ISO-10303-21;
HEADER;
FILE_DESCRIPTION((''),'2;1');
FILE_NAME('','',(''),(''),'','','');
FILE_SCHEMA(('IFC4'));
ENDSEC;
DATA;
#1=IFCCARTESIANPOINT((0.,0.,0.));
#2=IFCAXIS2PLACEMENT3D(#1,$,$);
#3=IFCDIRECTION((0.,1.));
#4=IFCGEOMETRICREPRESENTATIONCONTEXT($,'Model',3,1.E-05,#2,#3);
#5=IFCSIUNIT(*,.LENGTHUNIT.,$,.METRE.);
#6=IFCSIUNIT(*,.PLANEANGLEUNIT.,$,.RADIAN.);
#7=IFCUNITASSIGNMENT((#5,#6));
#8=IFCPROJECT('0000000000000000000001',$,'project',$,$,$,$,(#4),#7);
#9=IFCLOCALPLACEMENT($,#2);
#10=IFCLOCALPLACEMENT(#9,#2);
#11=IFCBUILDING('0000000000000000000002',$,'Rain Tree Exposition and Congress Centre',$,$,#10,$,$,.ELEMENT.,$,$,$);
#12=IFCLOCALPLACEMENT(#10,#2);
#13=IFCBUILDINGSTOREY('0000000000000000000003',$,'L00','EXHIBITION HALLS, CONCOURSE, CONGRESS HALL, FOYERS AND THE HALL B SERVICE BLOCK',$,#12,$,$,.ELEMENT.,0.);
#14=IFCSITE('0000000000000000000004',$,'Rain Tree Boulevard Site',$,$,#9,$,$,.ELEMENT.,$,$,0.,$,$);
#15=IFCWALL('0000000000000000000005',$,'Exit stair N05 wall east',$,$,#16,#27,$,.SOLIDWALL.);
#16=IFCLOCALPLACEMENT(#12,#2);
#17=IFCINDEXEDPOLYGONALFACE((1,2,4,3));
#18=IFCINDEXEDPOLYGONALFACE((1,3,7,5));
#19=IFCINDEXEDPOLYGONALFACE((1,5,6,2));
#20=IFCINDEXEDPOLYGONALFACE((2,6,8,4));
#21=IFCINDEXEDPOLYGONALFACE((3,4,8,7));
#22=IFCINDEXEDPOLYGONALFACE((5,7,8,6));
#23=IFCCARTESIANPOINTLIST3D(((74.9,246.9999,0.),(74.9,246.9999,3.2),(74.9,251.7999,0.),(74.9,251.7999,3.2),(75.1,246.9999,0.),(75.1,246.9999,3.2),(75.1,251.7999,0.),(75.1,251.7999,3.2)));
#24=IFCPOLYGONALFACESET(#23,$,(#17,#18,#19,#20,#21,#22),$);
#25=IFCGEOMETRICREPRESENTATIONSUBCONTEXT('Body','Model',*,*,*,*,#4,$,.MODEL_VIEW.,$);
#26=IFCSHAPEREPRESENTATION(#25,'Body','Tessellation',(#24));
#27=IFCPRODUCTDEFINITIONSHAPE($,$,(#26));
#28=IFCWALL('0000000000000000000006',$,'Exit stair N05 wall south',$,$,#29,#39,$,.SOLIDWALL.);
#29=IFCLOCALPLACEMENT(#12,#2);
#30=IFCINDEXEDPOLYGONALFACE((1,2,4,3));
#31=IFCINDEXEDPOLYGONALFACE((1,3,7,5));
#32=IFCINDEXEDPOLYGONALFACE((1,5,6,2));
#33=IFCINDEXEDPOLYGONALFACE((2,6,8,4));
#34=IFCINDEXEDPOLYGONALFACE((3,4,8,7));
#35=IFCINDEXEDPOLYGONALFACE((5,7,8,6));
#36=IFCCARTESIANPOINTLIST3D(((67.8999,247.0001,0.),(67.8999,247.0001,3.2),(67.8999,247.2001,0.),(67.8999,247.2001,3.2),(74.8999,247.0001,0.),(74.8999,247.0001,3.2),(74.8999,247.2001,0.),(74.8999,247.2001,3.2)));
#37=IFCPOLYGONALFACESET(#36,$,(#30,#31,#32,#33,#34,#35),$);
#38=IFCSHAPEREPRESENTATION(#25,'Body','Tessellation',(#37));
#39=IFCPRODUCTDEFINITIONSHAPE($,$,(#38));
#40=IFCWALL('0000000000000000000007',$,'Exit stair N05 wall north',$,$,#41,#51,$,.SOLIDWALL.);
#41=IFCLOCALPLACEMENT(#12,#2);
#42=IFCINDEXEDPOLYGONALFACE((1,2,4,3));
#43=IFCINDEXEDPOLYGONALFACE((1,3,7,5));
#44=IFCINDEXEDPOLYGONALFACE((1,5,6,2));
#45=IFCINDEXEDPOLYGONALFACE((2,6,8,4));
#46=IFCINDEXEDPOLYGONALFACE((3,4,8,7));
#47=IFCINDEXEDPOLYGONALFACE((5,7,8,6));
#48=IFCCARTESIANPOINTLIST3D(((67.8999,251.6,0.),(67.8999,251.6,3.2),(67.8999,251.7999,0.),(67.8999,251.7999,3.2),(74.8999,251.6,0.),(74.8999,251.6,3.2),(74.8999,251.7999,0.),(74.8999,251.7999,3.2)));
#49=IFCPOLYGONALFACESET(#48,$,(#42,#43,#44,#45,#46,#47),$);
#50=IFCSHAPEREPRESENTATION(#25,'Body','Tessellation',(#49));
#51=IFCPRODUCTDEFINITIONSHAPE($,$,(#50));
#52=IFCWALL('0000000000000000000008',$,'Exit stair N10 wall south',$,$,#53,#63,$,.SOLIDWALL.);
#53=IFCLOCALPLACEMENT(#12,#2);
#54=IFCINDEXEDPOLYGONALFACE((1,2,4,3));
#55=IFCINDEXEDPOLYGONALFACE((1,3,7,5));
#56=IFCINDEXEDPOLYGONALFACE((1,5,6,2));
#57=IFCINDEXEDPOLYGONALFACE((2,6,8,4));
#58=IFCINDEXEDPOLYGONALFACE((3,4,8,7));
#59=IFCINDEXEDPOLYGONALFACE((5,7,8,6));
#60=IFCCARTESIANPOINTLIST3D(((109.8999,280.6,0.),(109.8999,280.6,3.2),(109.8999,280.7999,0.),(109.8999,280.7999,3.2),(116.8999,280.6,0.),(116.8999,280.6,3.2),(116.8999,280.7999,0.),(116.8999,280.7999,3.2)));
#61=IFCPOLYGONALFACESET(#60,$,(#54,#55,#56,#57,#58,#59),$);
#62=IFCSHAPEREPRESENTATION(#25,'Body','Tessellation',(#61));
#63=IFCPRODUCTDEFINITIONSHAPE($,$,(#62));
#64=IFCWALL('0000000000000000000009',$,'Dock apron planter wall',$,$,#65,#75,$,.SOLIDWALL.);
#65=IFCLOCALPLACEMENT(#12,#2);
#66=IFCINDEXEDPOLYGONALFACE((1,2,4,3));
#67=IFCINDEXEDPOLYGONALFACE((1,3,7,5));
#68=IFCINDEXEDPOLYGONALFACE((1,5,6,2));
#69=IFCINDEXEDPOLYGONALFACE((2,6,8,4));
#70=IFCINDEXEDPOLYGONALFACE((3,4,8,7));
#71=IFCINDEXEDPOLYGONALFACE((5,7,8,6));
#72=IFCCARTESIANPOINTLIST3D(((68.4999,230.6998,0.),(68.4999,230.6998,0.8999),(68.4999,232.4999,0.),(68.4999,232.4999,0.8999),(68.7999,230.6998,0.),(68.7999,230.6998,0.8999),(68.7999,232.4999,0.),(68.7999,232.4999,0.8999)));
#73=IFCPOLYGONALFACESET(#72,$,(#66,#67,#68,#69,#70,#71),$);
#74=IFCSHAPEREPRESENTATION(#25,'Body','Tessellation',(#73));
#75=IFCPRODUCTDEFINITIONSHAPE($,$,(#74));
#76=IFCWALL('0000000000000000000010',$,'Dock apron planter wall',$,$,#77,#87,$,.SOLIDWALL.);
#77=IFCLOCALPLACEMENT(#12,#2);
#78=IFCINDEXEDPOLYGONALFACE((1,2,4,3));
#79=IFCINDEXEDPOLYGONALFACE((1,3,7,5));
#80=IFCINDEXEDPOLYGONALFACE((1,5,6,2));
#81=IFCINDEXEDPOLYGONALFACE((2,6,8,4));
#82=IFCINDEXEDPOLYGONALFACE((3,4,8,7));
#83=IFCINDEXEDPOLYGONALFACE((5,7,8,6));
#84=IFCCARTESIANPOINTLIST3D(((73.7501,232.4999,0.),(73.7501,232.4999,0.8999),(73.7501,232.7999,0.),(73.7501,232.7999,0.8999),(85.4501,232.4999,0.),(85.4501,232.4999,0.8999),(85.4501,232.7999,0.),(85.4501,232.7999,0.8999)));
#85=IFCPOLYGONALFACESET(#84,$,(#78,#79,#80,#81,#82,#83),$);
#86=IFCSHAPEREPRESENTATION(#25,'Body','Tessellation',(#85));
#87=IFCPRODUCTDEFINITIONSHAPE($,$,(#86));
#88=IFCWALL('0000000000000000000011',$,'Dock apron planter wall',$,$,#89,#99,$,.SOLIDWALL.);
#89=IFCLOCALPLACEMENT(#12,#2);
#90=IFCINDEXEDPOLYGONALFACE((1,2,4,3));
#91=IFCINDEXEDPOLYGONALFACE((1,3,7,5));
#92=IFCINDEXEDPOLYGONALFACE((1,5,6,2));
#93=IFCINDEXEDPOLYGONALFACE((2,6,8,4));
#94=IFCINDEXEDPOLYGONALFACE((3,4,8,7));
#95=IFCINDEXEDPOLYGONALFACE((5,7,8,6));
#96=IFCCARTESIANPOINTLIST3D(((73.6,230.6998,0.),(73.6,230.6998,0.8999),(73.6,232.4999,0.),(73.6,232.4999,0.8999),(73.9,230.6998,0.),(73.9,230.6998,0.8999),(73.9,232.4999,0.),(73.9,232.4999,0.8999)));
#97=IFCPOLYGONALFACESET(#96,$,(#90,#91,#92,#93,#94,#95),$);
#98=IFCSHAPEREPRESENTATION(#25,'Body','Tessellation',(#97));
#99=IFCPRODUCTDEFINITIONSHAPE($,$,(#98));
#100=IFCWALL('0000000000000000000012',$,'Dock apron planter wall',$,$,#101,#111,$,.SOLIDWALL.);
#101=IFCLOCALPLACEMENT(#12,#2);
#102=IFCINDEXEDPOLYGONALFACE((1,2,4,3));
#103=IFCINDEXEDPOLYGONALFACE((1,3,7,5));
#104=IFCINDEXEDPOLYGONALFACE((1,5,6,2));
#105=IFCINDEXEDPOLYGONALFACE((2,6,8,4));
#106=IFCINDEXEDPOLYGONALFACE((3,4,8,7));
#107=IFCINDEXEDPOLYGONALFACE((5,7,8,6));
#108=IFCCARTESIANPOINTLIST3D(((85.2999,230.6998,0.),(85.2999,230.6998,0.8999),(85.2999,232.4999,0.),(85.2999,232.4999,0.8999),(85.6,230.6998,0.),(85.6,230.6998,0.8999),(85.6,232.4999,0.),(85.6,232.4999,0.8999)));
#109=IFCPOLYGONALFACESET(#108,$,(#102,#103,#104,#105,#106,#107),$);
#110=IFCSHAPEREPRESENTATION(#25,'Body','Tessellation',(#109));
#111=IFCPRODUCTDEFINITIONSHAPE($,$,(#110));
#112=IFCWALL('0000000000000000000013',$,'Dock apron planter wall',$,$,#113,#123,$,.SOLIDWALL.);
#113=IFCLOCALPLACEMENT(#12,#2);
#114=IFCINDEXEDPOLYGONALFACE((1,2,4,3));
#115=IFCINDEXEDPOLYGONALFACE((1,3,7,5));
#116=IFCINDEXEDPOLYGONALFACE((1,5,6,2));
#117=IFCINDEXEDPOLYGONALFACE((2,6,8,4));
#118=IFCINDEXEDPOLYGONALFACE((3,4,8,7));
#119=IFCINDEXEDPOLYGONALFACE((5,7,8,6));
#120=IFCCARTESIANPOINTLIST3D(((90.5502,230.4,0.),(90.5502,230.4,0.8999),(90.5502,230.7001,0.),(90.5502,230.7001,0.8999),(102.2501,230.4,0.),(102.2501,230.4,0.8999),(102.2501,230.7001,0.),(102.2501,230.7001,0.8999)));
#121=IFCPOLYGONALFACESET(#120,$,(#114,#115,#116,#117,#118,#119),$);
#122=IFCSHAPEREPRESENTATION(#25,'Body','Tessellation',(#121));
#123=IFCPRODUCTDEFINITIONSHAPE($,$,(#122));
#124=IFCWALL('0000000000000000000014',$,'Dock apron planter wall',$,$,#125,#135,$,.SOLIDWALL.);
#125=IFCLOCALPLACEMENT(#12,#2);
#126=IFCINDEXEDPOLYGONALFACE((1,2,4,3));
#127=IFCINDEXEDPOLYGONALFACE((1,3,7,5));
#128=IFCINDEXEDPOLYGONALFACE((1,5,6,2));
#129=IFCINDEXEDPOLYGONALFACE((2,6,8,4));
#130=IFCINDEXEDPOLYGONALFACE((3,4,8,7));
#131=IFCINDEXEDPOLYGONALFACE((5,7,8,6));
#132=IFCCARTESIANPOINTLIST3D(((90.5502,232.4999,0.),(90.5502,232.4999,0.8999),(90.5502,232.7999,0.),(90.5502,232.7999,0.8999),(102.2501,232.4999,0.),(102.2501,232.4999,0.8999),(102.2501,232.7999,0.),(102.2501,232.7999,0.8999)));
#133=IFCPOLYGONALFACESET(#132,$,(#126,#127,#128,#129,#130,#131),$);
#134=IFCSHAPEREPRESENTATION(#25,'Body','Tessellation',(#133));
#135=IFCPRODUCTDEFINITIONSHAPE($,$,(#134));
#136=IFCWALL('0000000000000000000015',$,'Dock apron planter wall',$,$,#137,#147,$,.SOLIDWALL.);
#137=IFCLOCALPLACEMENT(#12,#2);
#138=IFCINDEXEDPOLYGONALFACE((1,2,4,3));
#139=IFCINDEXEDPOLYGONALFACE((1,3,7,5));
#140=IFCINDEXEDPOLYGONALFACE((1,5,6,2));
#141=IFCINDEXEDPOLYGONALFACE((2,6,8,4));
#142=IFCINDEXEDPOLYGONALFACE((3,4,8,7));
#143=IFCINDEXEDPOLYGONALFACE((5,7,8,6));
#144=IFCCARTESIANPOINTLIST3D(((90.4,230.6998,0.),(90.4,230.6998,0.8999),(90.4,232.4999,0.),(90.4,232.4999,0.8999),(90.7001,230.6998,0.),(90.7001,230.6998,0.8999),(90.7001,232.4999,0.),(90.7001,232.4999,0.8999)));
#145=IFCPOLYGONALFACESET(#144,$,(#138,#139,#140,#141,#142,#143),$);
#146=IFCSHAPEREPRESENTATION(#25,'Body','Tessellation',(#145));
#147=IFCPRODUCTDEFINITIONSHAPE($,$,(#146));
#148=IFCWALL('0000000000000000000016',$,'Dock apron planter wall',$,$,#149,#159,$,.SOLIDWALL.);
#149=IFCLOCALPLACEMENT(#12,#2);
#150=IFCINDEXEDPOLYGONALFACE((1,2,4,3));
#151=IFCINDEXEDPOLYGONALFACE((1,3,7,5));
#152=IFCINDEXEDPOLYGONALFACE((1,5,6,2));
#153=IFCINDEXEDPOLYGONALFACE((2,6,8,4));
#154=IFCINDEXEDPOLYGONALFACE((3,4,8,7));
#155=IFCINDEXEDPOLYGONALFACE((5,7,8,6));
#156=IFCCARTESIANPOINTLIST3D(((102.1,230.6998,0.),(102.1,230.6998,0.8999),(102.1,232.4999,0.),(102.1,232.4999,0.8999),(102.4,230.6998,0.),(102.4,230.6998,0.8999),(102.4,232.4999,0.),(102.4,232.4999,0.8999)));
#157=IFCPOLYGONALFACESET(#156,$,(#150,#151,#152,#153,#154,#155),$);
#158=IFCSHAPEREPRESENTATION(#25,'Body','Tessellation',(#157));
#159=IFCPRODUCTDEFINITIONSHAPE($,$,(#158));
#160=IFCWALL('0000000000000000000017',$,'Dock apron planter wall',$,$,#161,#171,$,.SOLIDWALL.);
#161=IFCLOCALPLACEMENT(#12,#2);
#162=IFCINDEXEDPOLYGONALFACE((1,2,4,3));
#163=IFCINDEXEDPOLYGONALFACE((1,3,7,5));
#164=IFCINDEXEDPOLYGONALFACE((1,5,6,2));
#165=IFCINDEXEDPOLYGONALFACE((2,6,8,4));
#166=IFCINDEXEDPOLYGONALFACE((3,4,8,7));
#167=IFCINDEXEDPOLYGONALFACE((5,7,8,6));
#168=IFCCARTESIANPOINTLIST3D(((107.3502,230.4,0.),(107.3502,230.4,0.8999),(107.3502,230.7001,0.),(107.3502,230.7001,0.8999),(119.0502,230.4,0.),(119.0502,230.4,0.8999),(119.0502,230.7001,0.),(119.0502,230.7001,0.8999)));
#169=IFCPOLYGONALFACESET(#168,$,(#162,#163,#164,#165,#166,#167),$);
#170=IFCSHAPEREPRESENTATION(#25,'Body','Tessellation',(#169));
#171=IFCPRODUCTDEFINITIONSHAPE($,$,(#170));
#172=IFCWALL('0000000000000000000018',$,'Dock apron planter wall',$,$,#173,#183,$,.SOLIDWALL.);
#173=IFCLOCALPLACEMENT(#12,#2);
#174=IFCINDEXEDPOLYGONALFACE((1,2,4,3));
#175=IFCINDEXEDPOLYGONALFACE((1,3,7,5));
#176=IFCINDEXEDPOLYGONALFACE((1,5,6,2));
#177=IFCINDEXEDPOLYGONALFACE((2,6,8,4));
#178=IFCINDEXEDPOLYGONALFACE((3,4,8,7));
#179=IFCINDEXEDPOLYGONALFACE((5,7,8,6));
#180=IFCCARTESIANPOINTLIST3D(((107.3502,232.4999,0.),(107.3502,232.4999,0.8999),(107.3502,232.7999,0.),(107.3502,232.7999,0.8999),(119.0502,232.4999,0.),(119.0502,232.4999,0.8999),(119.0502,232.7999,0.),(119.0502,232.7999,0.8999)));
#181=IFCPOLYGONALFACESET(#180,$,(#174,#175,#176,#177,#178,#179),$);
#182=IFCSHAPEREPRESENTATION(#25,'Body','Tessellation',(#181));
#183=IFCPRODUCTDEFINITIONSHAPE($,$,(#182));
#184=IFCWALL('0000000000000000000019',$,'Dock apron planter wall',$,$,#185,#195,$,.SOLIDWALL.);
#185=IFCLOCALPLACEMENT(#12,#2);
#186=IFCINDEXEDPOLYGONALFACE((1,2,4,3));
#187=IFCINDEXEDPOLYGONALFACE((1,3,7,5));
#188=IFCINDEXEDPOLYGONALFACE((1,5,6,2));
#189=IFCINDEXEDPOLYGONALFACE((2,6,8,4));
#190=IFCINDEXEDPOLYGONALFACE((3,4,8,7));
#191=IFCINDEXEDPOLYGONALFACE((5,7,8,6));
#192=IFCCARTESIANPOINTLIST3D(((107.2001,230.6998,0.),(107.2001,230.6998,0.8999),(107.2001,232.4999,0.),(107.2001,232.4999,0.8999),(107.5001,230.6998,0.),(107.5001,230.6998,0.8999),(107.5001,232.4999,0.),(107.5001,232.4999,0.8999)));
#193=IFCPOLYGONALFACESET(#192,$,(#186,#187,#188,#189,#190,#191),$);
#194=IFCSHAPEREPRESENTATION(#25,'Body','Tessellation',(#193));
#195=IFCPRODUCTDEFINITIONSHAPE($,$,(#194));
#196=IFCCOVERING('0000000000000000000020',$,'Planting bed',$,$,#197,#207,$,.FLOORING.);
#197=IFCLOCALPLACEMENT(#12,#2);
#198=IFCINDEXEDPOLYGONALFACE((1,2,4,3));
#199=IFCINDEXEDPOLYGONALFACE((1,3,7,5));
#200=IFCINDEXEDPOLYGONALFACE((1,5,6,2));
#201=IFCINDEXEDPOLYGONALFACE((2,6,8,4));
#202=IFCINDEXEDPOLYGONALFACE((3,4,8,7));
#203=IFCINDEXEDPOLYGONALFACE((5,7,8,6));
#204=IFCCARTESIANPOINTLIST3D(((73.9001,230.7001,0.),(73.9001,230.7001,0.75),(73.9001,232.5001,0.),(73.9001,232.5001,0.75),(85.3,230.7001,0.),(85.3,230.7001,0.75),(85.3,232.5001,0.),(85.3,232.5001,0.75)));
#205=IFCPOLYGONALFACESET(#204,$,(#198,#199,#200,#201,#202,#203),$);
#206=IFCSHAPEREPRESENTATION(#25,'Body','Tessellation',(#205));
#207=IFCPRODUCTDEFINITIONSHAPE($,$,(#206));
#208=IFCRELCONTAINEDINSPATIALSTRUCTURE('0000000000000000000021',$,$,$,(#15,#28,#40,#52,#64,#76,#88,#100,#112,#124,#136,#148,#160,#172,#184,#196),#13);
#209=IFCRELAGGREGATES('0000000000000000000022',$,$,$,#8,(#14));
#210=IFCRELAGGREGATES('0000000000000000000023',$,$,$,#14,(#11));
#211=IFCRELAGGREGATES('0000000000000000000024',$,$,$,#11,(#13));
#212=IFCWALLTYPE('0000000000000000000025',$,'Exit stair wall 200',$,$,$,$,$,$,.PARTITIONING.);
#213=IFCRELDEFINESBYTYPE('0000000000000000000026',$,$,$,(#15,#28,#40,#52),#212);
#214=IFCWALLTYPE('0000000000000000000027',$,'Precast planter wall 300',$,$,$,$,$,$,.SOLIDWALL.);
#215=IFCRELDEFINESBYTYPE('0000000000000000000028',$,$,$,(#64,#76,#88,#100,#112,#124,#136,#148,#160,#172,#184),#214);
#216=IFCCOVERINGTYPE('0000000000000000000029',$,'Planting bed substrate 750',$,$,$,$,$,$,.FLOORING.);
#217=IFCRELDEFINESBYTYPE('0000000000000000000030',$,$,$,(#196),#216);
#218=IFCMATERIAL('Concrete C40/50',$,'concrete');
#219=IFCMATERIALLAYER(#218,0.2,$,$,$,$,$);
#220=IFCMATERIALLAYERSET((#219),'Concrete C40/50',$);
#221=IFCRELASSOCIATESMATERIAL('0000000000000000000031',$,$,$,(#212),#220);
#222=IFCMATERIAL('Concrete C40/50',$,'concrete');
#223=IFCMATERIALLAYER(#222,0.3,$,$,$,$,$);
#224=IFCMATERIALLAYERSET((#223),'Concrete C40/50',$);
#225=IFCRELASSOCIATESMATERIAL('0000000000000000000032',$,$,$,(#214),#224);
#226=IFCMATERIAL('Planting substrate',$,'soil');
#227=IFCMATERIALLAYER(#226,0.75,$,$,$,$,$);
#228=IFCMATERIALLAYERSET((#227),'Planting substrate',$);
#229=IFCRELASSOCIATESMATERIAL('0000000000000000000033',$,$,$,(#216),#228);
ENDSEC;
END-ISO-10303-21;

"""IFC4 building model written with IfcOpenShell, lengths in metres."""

from ifc_helpers import new_model, si_unit, direction, frame, frame_2d, origin, origin_2d, place, context, subcontext, project, spatial, rectangle, extrude, material, layer, layer_set, type_object, element, save


model = new_model("IFC4")

# Units and contexts
model_context = context("Model", 3, precision=1e-05, world=origin(), true_north=direction((0.0, 1.0)))
body_context = subcontext(model_context, "Body", "Model", "MODEL_VIEW")
ifc_project = project(units=[si_unit("LENGTHUNIT", "METRE"), si_unit("PLANEANGLEUNIT", "RADIAN")], contexts=[model_context])

# Site, building, storey
site_placement = place(None, origin())
site = spatial("IfcSite", under=ifc_project, at=site_placement, Name="Rain Tree Boulevard Site", CompositionType="ELEMENT", RefElevation=0.0)
building_placement = place(site_placement, origin())
building = spatial("IfcBuilding", under=site, at=building_placement, Name="Rain Tree Exposition and Congress Centre", CompositionType="ELEMENT")
storey_placement = place(building_placement, origin())
storey = spatial("IfcBuildingStorey", under=building, at=storey_placement, Name="L00", Description="EXHIBITION HALLS, CONCOURSE, CONGRESS HALL, FOYERS AND THE HALL B SERVICE BLOCK", CompositionType="ELEMENT", Elevation=0.0)

# Shared definitions
ifc_material_1 = material(Name="Concrete C40/50", Category="concrete")
ifc_layer_1 = layer(ifc_material_1, 0.2)
ifc_layer_set_1 = layer_set([ifc_layer_1], Name="Concrete C40/50")
wall_type_1 = type_object("IfcWallType", Name="Exit stair wall 200", PredefinedType="PARTITIONING", material=ifc_layer_set_1)

# Walls
wall_1_placement = place(storey_placement, frame((75.0, 247.0, 0.0), z_axis=(0.0, 0.0, 1.0), x_axis=(0.0, 1.0, 0.0)))
element("IfcWall", 1, at=wall_1_placement, inside=storey, type_object=wall_type_1, Name="Exit stair N05 wall east", PredefinedType="SOLIDWALL", context=body_context, shape_type="SweptSolid", body=[
    extrude(rectangle(XDim=4.8, YDim=0.2, at=frame_2d((2.3999, 0.0))), origin(), (0.0, 0.0, 1.0), 3.2),
])
for number, where, z_axis, x_axis, name in (
    (2, (67.8999, 247.1001, 0.0), (0.0, 0.0, 1.0), (1.0, 0.0, 0.0), "Exit stair N05 wall south"),
    (3, (67.8999, 251.7, 0.0), (0.0, 0.0, 1.0), (1.0, 0.0, 0.0), "Exit stair N05 wall north"),
):
    element("IfcWall", number, at=place(storey_placement, frame(where, z_axis=z_axis, x_axis=x_axis)), inside=storey, type_object=wall_type_1, Name=name, PredefinedType="SOLIDWALL", context=body_context, shape_type="SweptSolid", body=[
        extrude(rectangle(XDim=7.0, YDim=0.2, at=frame_2d((3.5, 0.0))), origin(), (0.0, 0.0, 1.0), 3.2),
    ])

# Walls
wall_2_placement = place(storey_placement, frame((109.8999, 280.7, 0.0), z_axis=(0.0, 0.0, 1.0), x_axis=(1.0, 0.0, 0.0)))
element("IfcWall", 4, at=wall_2_placement, inside=storey, type_object=wall_type_1, Name="Exit stair N10 wall south", PredefinedType="SOLIDWALL", context=body_context, shape_type="SweptSolid", body=[
    extrude(rectangle(XDim=7.0, YDim=0.2, at=frame_2d((3.5, 0.0))), origin(), (0.0, 0.0, 1.0), 3.2),
])
ifc_material_2 = material(Name="Concrete C40/50", Category="concrete")
ifc_layer_2 = layer(ifc_material_2, 0.3)
ifc_layer_set_2 = layer_set([ifc_layer_2], Name="Concrete C40/50")
wall_type_2 = type_object("IfcWallType", Name="Precast planter wall 300", PredefinedType="SOLIDWALL", material=ifc_layer_set_2)
wall_3_placement = place(storey_placement, frame((68.6499, 230.7, 0.0), z_axis=(0.0, 0.0, 1.0), x_axis=(0.0, 1.0, 0.0)))
element("IfcWall", 5, at=wall_3_placement, inside=storey, type_object=wall_type_2, Name="Dock apron planter wall", PredefinedType="SOLIDWALL", context=body_context, shape_type="SweptSolid", body=[
    extrude(rectangle(XDim=1.8, YDim=0.3, at=frame_2d((0.8999, 0.0))), origin(), (0.0, 0.0, 1.0), 0.8999),
])
wall_4_placement = place(storey_placement, frame((73.75, 232.6499, 0.0), z_axis=(0.0, 0.0, 1.0), x_axis=(1.0, 0.0, 0.0)))
element("IfcWall", 6, at=wall_4_placement, inside=storey, type_object=wall_type_2, Name="Dock apron planter wall", PredefinedType="SOLIDWALL", context=body_context, shape_type="SweptSolid", body=[
    extrude(rectangle(XDim=11.7, YDim=0.3, at=frame_2d((5.8501, 0.0))), origin(), (0.0, 0.0, 1.0), 0.8999),
])
for number, where, z_axis, x_axis, name in (
    (7, (73.75, 230.7, 0.0), (0.0, 0.0, 1.0), (0.0, 1.0, 0.0), "Dock apron planter wall"),
    (8, (85.45, 230.7, 0.0), (0.0, 0.0, 1.0), (0.0, 1.0, 0.0), "Dock apron planter wall"),
):
    element("IfcWall", number, at=place(storey_placement, frame(where, z_axis=z_axis, x_axis=x_axis)), inside=storey, type_object=wall_type_2, Name=name, PredefinedType="SOLIDWALL", context=body_context, shape_type="SweptSolid", body=[
        extrude(rectangle(XDim=1.8, YDim=0.3, at=frame_2d((0.8999, 0.0))), origin(), (0.0, 0.0, 1.0), 0.8999),
    ])
for number, where, z_axis, x_axis, name in (
    (9, (90.55, 230.55, 0.0), (0.0, 0.0, 1.0), (1.0, 0.0, 0.0), "Dock apron planter wall"),
    (10, (90.55, 232.6499, 0.0), (0.0, 0.0, 1.0), (1.0, 0.0, 0.0), "Dock apron planter wall"),
):
    element("IfcWall", number, at=place(storey_placement, frame(where, z_axis=z_axis, x_axis=x_axis)), inside=storey, type_object=wall_type_2, Name=name, PredefinedType="SOLIDWALL", context=body_context, shape_type="SweptSolid", body=[
        extrude(rectangle(XDim=11.7, YDim=0.3, at=frame_2d((5.8501, 0.0))), origin(), (0.0, 0.0, 1.0), 0.8999),
    ])
for number, where, z_axis, x_axis, name in (
    (11, (90.55, 230.7, 0.0), (0.0, 0.0, 1.0), (0.0, 1.0, 0.0), "Dock apron planter wall"),
    (12, (102.25, 230.7, 0.0), (0.0, 0.0, 1.0), (0.0, 1.0, 0.0), "Dock apron planter wall"),
):
    element("IfcWall", number, at=place(storey_placement, frame(where, z_axis=z_axis, x_axis=x_axis)), inside=storey, type_object=wall_type_2, Name=name, PredefinedType="SOLIDWALL", context=body_context, shape_type="SweptSolid", body=[
        extrude(rectangle(XDim=1.8, YDim=0.3, at=frame_2d((0.8999, 0.0))), origin(), (0.0, 0.0, 1.0), 0.8999),
    ])
for number, where, z_axis, x_axis, name in (
    (13, (107.3501, 230.55, 0.0), (0.0, 0.0, 1.0), (1.0, 0.0, 0.0), "Dock apron planter wall"),
    (14, (107.3501, 232.6499, 0.0), (0.0, 0.0, 1.0), (1.0, 0.0, 0.0), "Dock apron planter wall"),
):
    element("IfcWall", number, at=place(storey_placement, frame(where, z_axis=z_axis, x_axis=x_axis)), inside=storey, type_object=wall_type_2, Name=name, PredefinedType="SOLIDWALL", context=body_context, shape_type="SweptSolid", body=[
        extrude(rectangle(XDim=11.7, YDim=0.3, at=frame_2d((5.8501, 0.0))), origin(), (0.0, 0.0, 1.0), 0.8999),
    ])
wall_5_placement = place(storey_placement, frame((107.3501, 230.7, 0.0), z_axis=(0.0, 0.0, 1.0), x_axis=(0.0, 1.0, 0.0)))
element("IfcWall", 15, at=wall_5_placement, inside=storey, type_object=wall_type_2, Name="Dock apron planter wall", PredefinedType="SOLIDWALL", context=body_context, shape_type="SweptSolid", body=[
    extrude(rectangle(XDim=1.8, YDim=0.3, at=frame_2d((0.8999, 0.0))), origin(), (0.0, 0.0, 1.0), 0.8999),
])

# Covering
ifc_material_3 = material(Name="Planting substrate", Category="soil")
ifc_layer_3 = layer(ifc_material_3, 0.75)
ifc_layer_set_3 = layer_set([ifc_layer_3], Name="Planting substrate")
covering_type = type_object("IfcCoveringType", Name="Planting bed substrate 750", PredefinedType="FLOORING", material=ifc_layer_set_3)
for number, where, z_axis, x_axis, name in (
    (16, (79.6001, 231.6001, 0.0), (0.0, 0.0, 1.0), (1.0, 0.0, 0.0), "Planting bed"),
):
    element("IfcCovering", number, at=place(storey_placement, frame(where, z_axis=z_axis, x_axis=x_axis)), inside=storey, type_object=covering_type, Name=name, PredefinedType="FLOORING", context=body_context, shape_type="SweptSolid", body=[
        extrude(rectangle(XDim=11.3999, YDim=1.8, at=origin_2d()), origin(), (0.0, 0.0, 1.0), 0.75),
    ])

save(model, "model.ifc")
